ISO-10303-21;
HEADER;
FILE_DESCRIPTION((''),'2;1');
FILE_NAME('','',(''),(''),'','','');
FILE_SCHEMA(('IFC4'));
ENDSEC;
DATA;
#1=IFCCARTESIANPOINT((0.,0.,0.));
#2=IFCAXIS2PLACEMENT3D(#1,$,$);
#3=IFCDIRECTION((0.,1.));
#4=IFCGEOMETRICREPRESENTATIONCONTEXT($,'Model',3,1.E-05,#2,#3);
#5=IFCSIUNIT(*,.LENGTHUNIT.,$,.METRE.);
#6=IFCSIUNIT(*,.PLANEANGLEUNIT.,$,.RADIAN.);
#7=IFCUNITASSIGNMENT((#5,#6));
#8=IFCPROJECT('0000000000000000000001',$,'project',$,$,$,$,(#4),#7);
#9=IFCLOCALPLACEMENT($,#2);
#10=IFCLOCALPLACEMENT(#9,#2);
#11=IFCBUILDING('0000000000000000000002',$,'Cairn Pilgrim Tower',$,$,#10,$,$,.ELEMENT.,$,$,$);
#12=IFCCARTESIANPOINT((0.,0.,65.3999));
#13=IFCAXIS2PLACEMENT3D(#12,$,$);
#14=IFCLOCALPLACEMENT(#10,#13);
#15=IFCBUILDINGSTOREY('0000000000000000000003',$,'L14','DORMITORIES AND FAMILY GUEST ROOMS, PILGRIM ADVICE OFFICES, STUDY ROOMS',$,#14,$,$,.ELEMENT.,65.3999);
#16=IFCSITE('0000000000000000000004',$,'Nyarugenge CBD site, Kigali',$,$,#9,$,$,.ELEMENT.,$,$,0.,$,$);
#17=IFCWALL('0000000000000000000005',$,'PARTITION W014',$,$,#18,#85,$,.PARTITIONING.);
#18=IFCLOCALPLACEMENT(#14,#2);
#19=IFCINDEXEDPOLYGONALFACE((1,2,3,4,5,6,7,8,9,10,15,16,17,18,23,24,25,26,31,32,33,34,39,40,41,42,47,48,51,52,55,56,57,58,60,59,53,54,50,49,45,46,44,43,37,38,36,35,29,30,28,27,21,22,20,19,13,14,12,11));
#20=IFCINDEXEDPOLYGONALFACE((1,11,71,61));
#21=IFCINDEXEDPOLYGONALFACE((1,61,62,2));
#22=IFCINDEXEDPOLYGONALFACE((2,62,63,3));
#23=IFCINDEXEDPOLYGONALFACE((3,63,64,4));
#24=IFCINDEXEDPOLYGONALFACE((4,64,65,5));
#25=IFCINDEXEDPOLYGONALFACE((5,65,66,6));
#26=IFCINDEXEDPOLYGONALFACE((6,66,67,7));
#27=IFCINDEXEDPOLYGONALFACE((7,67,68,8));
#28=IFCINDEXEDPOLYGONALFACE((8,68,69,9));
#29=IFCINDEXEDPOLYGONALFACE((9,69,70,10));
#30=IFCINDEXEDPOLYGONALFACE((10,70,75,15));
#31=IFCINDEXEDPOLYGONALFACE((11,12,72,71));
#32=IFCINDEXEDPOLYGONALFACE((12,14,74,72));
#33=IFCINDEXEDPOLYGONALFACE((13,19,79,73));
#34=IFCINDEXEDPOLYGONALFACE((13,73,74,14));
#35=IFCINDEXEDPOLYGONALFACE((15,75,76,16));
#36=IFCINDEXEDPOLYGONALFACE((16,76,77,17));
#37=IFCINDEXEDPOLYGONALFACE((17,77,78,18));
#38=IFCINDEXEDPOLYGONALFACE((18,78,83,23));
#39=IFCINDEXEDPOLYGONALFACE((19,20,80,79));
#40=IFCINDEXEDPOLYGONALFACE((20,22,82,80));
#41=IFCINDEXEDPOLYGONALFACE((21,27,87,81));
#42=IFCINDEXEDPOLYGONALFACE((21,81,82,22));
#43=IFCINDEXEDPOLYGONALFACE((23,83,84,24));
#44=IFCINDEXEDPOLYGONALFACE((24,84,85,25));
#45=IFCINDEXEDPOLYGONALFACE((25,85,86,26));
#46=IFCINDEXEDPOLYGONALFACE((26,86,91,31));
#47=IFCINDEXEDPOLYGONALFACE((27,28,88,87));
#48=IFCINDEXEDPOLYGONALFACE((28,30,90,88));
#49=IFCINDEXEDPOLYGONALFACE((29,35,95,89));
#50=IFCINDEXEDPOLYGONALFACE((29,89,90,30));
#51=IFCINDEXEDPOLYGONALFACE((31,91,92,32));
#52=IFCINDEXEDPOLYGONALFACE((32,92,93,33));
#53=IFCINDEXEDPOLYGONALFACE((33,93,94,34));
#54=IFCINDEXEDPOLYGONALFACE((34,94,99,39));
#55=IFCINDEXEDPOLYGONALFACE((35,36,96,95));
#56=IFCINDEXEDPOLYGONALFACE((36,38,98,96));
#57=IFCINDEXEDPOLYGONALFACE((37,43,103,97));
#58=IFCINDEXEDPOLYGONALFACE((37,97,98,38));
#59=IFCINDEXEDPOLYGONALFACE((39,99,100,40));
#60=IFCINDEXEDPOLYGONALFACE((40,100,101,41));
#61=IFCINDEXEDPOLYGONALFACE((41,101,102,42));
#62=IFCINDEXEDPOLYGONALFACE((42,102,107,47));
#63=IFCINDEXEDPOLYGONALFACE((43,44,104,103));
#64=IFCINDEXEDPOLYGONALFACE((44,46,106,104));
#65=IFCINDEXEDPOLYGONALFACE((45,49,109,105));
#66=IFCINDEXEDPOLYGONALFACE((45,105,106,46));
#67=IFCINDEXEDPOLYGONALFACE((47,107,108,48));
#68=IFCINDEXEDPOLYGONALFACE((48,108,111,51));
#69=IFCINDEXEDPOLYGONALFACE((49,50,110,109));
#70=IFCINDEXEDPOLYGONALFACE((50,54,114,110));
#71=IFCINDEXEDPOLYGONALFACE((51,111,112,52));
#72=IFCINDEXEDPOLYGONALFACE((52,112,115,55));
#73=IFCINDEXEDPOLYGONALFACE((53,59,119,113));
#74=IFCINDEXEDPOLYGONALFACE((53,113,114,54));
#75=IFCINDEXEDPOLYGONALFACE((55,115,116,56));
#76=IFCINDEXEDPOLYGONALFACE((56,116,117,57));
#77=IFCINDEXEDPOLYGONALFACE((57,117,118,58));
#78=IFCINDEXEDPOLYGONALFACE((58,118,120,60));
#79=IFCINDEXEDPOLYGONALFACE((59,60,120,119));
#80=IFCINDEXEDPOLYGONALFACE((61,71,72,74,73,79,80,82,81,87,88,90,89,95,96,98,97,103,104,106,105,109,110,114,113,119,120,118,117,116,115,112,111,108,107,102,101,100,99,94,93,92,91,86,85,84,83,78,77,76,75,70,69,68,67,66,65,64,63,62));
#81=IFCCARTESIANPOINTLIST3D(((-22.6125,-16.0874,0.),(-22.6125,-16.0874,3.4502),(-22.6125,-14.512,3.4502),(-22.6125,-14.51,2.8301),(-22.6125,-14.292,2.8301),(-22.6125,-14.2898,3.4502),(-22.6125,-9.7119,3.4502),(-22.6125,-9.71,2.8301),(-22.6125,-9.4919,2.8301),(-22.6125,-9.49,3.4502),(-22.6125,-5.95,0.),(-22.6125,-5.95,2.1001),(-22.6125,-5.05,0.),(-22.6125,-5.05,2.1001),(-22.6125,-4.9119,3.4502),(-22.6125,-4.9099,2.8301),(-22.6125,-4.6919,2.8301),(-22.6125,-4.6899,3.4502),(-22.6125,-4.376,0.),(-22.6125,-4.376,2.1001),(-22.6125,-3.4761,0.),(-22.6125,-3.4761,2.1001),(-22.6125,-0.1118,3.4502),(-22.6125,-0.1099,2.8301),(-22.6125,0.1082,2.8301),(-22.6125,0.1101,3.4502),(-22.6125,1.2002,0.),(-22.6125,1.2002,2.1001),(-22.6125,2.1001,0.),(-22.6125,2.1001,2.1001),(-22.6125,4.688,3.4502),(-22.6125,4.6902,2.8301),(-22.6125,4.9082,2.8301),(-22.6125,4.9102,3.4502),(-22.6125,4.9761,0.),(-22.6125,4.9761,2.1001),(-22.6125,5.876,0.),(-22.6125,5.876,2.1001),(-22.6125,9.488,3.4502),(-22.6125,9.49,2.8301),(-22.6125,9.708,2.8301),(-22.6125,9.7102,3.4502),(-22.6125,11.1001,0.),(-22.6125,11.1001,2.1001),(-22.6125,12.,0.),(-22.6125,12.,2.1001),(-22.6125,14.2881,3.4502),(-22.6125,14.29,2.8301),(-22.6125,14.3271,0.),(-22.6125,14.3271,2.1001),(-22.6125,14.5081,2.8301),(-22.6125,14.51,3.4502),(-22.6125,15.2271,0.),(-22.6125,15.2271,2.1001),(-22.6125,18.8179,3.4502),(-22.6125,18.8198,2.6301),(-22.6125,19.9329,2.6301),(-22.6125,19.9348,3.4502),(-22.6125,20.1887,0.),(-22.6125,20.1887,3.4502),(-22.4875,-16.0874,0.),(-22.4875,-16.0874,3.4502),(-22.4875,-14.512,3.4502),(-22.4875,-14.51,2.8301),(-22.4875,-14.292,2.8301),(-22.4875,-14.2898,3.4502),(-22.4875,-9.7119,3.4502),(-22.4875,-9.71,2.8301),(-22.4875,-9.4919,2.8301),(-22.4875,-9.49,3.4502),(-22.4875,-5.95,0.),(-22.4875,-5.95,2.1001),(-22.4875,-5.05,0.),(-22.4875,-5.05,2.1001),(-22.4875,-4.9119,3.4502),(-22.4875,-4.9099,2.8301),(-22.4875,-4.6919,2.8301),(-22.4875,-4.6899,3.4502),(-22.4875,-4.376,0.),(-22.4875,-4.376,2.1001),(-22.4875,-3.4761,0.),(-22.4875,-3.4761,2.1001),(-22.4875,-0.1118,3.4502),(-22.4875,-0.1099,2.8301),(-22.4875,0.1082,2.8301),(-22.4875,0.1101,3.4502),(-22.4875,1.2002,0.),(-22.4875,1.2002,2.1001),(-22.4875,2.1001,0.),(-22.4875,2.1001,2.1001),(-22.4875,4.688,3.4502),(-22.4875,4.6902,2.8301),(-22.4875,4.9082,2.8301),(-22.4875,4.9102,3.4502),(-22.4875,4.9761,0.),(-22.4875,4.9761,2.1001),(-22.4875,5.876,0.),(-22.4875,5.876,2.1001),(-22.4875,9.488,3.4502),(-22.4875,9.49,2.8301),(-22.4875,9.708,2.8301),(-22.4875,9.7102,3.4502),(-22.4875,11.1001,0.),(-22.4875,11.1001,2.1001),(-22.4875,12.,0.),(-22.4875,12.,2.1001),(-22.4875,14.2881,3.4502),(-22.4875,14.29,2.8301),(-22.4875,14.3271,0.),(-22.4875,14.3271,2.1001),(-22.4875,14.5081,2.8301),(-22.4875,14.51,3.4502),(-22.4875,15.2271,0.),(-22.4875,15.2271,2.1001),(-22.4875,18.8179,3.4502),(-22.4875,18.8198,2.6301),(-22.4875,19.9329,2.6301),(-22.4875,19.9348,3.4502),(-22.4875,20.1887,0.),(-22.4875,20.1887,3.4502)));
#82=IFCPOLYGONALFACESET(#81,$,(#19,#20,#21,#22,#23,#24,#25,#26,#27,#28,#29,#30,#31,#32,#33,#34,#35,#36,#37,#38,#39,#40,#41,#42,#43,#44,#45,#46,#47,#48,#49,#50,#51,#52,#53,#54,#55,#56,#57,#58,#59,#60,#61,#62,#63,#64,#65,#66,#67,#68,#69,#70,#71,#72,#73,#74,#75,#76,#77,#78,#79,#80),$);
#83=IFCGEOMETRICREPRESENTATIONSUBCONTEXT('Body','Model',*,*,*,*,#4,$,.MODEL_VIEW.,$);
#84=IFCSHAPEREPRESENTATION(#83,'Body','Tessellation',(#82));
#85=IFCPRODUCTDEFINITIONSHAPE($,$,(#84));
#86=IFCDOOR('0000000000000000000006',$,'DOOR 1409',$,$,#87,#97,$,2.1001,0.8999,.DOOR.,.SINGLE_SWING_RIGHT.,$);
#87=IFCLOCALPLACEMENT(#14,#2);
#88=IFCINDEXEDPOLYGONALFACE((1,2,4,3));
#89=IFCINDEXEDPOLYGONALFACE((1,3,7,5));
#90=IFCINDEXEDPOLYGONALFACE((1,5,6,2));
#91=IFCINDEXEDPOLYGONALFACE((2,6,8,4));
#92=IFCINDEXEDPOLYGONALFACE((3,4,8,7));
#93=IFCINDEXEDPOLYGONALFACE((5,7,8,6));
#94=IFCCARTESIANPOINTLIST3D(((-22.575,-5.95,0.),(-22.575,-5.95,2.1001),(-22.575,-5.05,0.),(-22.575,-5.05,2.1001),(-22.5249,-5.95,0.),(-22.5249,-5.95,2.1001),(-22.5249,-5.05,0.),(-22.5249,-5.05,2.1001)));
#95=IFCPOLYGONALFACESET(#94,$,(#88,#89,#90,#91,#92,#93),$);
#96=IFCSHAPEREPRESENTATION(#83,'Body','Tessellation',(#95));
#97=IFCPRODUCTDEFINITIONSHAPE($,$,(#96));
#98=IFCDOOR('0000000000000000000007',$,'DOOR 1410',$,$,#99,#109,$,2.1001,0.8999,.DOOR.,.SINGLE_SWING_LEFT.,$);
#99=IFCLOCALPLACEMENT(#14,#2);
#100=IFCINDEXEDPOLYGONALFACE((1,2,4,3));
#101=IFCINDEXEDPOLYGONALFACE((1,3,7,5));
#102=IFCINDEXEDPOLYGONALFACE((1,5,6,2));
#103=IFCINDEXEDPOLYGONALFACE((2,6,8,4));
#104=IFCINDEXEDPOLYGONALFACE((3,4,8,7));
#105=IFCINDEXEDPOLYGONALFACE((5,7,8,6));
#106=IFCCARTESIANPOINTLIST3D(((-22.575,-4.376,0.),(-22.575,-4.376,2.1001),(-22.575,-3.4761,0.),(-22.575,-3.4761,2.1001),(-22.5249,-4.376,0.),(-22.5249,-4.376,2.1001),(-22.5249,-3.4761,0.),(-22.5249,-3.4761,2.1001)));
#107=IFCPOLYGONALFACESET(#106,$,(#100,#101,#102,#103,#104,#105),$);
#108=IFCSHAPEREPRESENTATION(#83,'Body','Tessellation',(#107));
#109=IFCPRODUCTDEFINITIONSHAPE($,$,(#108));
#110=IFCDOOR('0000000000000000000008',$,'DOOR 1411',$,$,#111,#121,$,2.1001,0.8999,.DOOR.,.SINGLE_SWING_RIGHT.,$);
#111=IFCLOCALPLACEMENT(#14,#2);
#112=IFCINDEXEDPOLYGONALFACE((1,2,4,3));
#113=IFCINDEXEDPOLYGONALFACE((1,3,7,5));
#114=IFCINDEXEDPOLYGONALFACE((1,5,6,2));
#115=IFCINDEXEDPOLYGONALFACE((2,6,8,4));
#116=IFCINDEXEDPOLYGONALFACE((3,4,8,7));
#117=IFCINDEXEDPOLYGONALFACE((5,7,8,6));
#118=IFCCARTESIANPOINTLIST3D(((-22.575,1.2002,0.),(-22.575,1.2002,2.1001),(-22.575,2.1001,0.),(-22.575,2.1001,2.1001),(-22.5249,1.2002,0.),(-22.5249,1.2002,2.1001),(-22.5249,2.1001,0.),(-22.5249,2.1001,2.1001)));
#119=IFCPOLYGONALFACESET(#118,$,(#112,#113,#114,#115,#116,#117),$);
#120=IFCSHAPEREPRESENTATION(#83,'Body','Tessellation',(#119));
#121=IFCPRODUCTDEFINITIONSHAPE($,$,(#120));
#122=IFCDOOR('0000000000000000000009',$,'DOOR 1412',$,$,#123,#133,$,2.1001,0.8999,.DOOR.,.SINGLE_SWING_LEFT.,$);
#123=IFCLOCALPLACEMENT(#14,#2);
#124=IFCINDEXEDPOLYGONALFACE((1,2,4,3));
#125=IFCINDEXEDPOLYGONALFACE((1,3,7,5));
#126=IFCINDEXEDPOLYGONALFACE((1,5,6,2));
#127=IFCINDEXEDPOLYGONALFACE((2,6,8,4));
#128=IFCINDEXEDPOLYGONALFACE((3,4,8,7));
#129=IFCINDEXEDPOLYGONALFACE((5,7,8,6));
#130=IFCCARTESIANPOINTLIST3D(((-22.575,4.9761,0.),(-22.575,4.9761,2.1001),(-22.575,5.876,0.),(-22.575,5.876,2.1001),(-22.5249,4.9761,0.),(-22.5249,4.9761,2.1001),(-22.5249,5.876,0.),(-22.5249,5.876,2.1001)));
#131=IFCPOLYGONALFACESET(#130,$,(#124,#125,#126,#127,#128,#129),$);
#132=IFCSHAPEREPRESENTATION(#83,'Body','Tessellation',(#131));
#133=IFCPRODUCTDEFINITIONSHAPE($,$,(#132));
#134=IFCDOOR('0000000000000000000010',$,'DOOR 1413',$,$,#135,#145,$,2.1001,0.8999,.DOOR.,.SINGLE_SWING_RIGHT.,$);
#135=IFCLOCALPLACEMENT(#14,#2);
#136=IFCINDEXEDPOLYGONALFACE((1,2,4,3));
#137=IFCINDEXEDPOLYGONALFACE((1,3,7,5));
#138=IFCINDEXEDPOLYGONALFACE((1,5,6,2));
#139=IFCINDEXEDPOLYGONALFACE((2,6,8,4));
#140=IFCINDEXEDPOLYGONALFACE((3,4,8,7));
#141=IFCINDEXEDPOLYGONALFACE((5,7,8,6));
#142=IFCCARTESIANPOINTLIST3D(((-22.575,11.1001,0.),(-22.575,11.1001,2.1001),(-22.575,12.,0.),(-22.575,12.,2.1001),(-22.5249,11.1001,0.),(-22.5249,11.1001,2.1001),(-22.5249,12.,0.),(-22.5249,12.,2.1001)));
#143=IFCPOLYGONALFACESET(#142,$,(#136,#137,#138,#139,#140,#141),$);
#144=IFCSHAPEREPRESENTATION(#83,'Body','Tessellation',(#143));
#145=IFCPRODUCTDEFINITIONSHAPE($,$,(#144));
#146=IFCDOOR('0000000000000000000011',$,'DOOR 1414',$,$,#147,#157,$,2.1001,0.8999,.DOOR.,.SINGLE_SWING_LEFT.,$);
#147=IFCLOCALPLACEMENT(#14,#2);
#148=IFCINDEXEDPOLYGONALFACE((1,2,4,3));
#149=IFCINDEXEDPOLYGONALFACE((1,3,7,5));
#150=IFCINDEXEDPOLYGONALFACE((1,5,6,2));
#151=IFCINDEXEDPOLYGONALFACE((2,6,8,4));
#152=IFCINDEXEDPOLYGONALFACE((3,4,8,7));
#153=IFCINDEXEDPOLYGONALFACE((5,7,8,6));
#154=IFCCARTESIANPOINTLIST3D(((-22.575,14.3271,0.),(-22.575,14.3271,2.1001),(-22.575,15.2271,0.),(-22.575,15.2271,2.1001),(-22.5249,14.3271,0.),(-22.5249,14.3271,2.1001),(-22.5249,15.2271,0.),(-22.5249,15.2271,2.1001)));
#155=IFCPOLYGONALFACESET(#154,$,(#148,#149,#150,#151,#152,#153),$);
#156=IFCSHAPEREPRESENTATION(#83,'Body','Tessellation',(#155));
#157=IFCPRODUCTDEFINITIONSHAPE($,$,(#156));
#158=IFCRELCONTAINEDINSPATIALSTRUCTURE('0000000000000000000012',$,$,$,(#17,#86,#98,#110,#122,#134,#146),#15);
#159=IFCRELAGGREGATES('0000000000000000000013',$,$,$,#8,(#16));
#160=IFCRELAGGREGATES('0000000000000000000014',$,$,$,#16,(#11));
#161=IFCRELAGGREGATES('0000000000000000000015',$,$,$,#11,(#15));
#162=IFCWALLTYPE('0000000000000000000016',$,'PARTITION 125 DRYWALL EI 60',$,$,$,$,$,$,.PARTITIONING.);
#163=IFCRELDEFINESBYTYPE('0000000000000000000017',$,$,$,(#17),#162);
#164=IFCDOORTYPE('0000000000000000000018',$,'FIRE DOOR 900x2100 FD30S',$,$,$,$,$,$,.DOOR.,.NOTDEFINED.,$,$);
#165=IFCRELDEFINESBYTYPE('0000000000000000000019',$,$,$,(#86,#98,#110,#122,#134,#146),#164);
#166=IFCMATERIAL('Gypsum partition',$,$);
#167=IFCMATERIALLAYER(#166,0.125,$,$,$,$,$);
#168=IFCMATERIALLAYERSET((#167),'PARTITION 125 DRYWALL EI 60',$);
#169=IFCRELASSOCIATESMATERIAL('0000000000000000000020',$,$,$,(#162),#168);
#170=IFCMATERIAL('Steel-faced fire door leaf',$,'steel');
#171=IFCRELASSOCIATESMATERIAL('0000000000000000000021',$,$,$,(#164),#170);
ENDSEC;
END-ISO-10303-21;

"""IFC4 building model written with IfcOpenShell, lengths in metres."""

from ifc_helpers import new_model, si_unit, direction, frame, frame_2d, origin, place, context, subcontext, project, spatial, polyline, rectangle, outline, extrude, material, layer, layer_set, type_object, element, fill, save


model = new_model("IFC4")

# Units and contexts
model_context = context("Model", 3, precision=1e-05, world=origin(), true_north=direction((0.0, 1.0)))
body_context = subcontext(model_context, "Body", "Model", "MODEL_VIEW")
ifc_project = project(units=[si_unit("LENGTHUNIT", "METRE"), si_unit("PLANEANGLEUNIT", "RADIAN")], contexts=[model_context])

# Site, building, storey
site_placement = place(None, origin())
site = spatial("IfcSite", under=ifc_project, at=site_placement, Name="Nyarugenge CBD site, Kigali", CompositionType="ELEMENT", RefElevation=0.0)
building_placement = place(site_placement, origin())
building = spatial("IfcBuilding", under=site, at=building_placement, Name="Cairn Pilgrim Tower", CompositionType="ELEMENT")
storey_placement = place(building_placement, frame((0.0, 0.0, 65.3999)))
storey = spatial("IfcBuildingStorey", under=building, at=storey_placement, Name="L14", Description="DORMITORIES AND FAMILY GUEST ROOMS, PILGRIM ADVICE OFFICES, STUDY ROOMS", CompositionType="ELEMENT", Elevation=65.3999)

# Wall, openings, doors
ifc_material_1 = material(Name="Gypsum partition")
ifc_layer = layer(ifc_material_1, 0.125)
ifc_layer_set = layer_set([ifc_layer], Name="PARTITION 125 DRYWALL EI 60")
wall_type = type_object("IfcWallType", Name="PARTITION 125 DRYWALL EI 60", PredefinedType="PARTITIONING", material=ifc_layer_set)
ifc_material_2 = material(Name="Steel-faced fire door leaf", Category="steel")
door_type = type_object("IfcDoorType", Name="FIRE DOOR 900x2100 FD30S", OperationType="NOTDEFINED", PredefinedType="DOOR", material=ifc_material_2)
wall_1_placement = place(storey_placement, frame((-22.55, -16.0874, 0.0), z_axis=(0.0, 0.0, 1.0), x_axis=(0.0, 1.0, 0.0)))
wall_1 = element("IfcWall", 1, at=wall_1_placement, inside=storey, type_object=wall_type, Name="PARTITION W014", PredefinedType="PARTITIONING", context=body_context, shape_type="SweptSolid", body=[
    extrude(outline(polyline([(0.0, 0.0), (36.2761, 0.0), (36.2761, 3.4502), (36.0222, 3.4502), (36.0203, 2.6301), (34.9072, 2.6301), (34.9053, 3.4502), (30.5974, 3.4502), (30.5955, 2.8301), (30.3774, 2.8301), (30.3755, 3.4502), (25.7976, 3.4502), (25.7954, 2.8301), (25.5774, 2.8301), (25.5754, 3.4502), (20.9976, 3.4502), (20.9956, 2.8301), (20.7776, 2.8301), (20.7754, 3.4502), (16.1975, 3.4502), (16.1956, 2.8301), (15.9775, 2.8301), (15.9756, 3.4502), (11.3975, 3.4502), (11.3955, 2.8301), (11.1775, 2.8301), (11.1755, 3.4502), (6.5974, 3.4502), (6.5955, 2.8301), (6.3774, 2.8301), (6.3755, 3.4502), (1.7976, 3.4502), (1.7954, 2.8301), (1.5774, 2.8301), (1.5754, 3.4502), (0.0, 3.4502), (0.0, 0.0)])), frame((0.0, 0.0625, 0.0), z_axis=(0.0, -1.0, 0.0), x_axis=(1.0, 0.0, 0.0)), (0.0, 0.0, 1.0), 0.125),
])
opening_1_placement = place(wall_1_placement, frame((10.1375, 0.0, 0.0)))
opening_1 = element("IfcOpeningElement", 2, at=opening_1_placement, cuts=wall_1, PredefinedType="OPENING", context=body_context, shape_type="SweptSolid", body=[
    extrude(rectangle(XDim=0.8999, YDim=2.1001, at=frame_2d((0.45, 1.05))), frame((0.0, 0.0725, 0.0), z_axis=(0.0, -1.0, 0.0), x_axis=(1.0, 0.0, 0.0)), (0.0, 0.0, 1.0), 0.145),
])
opening_2_placement = place(wall_1_placement, frame((11.7114, 0.0, 0.0)))
opening_2 = element("IfcOpeningElement", 3, at=opening_2_placement, cuts=wall_1, PredefinedType="OPENING", context=body_context, shape_type="SweptSolid", body=[
    extrude(rectangle(XDim=0.8999, YDim=2.1001, at=frame_2d((0.45, 1.05))), frame((0.0, 0.0725, 0.0), z_axis=(0.0, -1.0, 0.0), x_axis=(1.0, 0.0, 0.0)), (0.0, 0.0, 1.0), 0.145),
])
opening_3_placement = place(wall_1_placement, frame((17.2876, 0.0, 0.0)))
opening_3 = element("IfcOpeningElement", 4, at=opening_3_placement, cuts=wall_1, PredefinedType="OPENING", context=body_context, shape_type="SweptSolid", body=[
    extrude(rectangle(XDim=0.8999, YDim=2.1001, at=frame_2d((0.45, 1.05))), frame((0.0, 0.0725, 0.0), z_axis=(0.0, -1.0, 0.0), x_axis=(1.0, 0.0, 0.0)), (0.0, 0.0, 1.0), 0.145),
])
opening_4_placement = place(wall_1_placement, frame((21.0635, 0.0, 0.0)))
opening_4 = element("IfcOpeningElement", 5, at=opening_4_placement, cuts=wall_1, PredefinedType="OPENING", context=body_context, shape_type="SweptSolid", body=[
    extrude(rectangle(XDim=0.8999, YDim=2.1001, at=frame_2d((0.45, 1.05))), frame((0.0, 0.0725, 0.0), z_axis=(0.0, -1.0, 0.0), x_axis=(1.0, 0.0, 0.0)), (0.0, 0.0, 1.0), 0.145),
])
opening_5_placement = place(wall_1_placement, frame((27.1875, 0.0, 0.0)))
opening_5 = element("IfcOpeningElement", 6, at=opening_5_placement, cuts=wall_1, PredefinedType="OPENING", context=body_context, shape_type="SweptSolid", body=[
    extrude(rectangle(XDim=0.8999, YDim=2.1001, at=frame_2d((0.45, 1.05))), frame((0.0, 0.0725, 0.0), z_axis=(0.0, -1.0, 0.0), x_axis=(1.0, 0.0, 0.0)), (0.0, 0.0, 1.0), 0.145),
])
opening_6_placement = place(wall_1_placement, frame((30.4146, 0.0, 0.0)))
opening_6 = element("IfcOpeningElement", 7, at=opening_6_placement, cuts=wall_1, PredefinedType="OPENING", context=body_context, shape_type="SweptSolid", body=[
    extrude(rectangle(XDim=0.8999, YDim=2.1001, at=frame_2d((0.45, 1.05))), frame((0.0, 0.0725, 0.0), z_axis=(0.0, -1.0, 0.0), x_axis=(1.0, 0.0, 0.0)), (0.0, 0.0, 1.0), 0.145),
])
door_1_placement = place(opening_1_placement, origin())
door_1 = element("IfcDoor", 8, at=door_1_placement, inside=storey, type_object=door_type, Name="DOOR 1409", OperationType="SINGLE_SWING_RIGHT", OverallHeight=2.1001, OverallWidth=0.8999, PredefinedType="DOOR", context=body_context, shape_type="SweptSolid", body=[
    extrude(rectangle(XDim=0.8999, YDim=2.1001, at=frame_2d((0.45, 1.05))), frame((0.0, 0.0249, 0.0), z_axis=(0.0, -1.0, 0.0), x_axis=(1.0, 0.0, 0.0)), (0.0, 0.0, 1.0), 0.05),
])
fill(opening_1, door_1)
door_2_placement = place(opening_2_placement, origin())
door_2 = element("IfcDoor", 9, at=door_2_placement, inside=storey, type_object=door_type, Name="DOOR 1410", OperationType="SINGLE_SWING_LEFT", OverallHeight=2.1001, OverallWidth=0.8999, PredefinedType="DOOR", context=body_context, shape_type="SweptSolid", body=[
    extrude(rectangle(XDim=0.8999, YDim=2.1001, at=frame_2d((0.45, 1.05))), frame((0.0, 0.0249, 0.0), z_axis=(0.0, -1.0, 0.0), x_axis=(1.0, 0.0, 0.0)), (0.0, 0.0, 1.0), 0.05),
])
fill(opening_2, door_2)
door_3_placement = place(opening_3_placement, origin())
door_3 = element("IfcDoor", 10, at=door_3_placement, inside=storey, type_object=door_type, Name="DOOR 1411", OperationType="SINGLE_SWING_RIGHT", OverallHeight=2.1001, OverallWidth=0.8999, PredefinedType="DOOR", context=body_context, shape_type="SweptSolid", body=[
    extrude(rectangle(XDim=0.8999, YDim=2.1001, at=frame_2d((0.45, 1.05))), frame((0.0, 0.0249, 0.0), z_axis=(0.0, -1.0, 0.0), x_axis=(1.0, 0.0, 0.0)), (0.0, 0.0, 1.0), 0.05),
])
fill(opening_3, door_3)
door_4_placement = place(opening_4_placement, origin())
door_4 = element("IfcDoor", 11, at=door_4_placement, inside=storey, type_object=door_type, Name="DOOR 1412", OperationType="SINGLE_SWING_LEFT", OverallHeight=2.1001, OverallWidth=0.8999, PredefinedType="DOOR", context=body_context, shape_type="SweptSolid", body=[
    extrude(rectangle(XDim=0.8999, YDim=2.1001, at=frame_2d((0.45, 1.05))), frame((0.0, 0.0249, 0.0), z_axis=(0.0, -1.0, 0.0), x_axis=(1.0, 0.0, 0.0)), (0.0, 0.0, 1.0), 0.05),
])
fill(opening_4, door_4)
door_5_placement = place(opening_5_placement, origin())
door_5 = element("IfcDoor", 12, at=door_5_placement, inside=storey, type_object=door_type, Name="DOOR 1413", OperationType="SINGLE_SWING_RIGHT", OverallHeight=2.1001, OverallWidth=0.8999, PredefinedType="DOOR", context=body_context, shape_type="SweptSolid", body=[
    extrude(rectangle(XDim=0.8999, YDim=2.1001, at=frame_2d((0.45, 1.05))), frame((0.0, 0.0249, 0.0), z_axis=(0.0, -1.0, 0.0), x_axis=(1.0, 0.0, 0.0)), (0.0, 0.0, 1.0), 0.05),
])
fill(opening_5, door_5)
door_6_placement = place(opening_6_placement, origin())
door_6 = element("IfcDoor", 13, at=door_6_placement, inside=storey, type_object=door_type, Name="DOOR 1414", OperationType="SINGLE_SWING_LEFT", OverallHeight=2.1001, OverallWidth=0.8999, PredefinedType="DOOR", context=body_context, shape_type="SweptSolid", body=[
    extrude(rectangle(XDim=0.8999, YDim=2.1001, at=frame_2d((0.45, 1.05))), frame((0.0, 0.0249, 0.0), z_axis=(0.0, -1.0, 0.0), x_axis=(1.0, 0.0, 0.0)), (0.0, 0.0, 1.0), 0.05),
])
fill(opening_6, door_6)

save(model, "model.ifc")
